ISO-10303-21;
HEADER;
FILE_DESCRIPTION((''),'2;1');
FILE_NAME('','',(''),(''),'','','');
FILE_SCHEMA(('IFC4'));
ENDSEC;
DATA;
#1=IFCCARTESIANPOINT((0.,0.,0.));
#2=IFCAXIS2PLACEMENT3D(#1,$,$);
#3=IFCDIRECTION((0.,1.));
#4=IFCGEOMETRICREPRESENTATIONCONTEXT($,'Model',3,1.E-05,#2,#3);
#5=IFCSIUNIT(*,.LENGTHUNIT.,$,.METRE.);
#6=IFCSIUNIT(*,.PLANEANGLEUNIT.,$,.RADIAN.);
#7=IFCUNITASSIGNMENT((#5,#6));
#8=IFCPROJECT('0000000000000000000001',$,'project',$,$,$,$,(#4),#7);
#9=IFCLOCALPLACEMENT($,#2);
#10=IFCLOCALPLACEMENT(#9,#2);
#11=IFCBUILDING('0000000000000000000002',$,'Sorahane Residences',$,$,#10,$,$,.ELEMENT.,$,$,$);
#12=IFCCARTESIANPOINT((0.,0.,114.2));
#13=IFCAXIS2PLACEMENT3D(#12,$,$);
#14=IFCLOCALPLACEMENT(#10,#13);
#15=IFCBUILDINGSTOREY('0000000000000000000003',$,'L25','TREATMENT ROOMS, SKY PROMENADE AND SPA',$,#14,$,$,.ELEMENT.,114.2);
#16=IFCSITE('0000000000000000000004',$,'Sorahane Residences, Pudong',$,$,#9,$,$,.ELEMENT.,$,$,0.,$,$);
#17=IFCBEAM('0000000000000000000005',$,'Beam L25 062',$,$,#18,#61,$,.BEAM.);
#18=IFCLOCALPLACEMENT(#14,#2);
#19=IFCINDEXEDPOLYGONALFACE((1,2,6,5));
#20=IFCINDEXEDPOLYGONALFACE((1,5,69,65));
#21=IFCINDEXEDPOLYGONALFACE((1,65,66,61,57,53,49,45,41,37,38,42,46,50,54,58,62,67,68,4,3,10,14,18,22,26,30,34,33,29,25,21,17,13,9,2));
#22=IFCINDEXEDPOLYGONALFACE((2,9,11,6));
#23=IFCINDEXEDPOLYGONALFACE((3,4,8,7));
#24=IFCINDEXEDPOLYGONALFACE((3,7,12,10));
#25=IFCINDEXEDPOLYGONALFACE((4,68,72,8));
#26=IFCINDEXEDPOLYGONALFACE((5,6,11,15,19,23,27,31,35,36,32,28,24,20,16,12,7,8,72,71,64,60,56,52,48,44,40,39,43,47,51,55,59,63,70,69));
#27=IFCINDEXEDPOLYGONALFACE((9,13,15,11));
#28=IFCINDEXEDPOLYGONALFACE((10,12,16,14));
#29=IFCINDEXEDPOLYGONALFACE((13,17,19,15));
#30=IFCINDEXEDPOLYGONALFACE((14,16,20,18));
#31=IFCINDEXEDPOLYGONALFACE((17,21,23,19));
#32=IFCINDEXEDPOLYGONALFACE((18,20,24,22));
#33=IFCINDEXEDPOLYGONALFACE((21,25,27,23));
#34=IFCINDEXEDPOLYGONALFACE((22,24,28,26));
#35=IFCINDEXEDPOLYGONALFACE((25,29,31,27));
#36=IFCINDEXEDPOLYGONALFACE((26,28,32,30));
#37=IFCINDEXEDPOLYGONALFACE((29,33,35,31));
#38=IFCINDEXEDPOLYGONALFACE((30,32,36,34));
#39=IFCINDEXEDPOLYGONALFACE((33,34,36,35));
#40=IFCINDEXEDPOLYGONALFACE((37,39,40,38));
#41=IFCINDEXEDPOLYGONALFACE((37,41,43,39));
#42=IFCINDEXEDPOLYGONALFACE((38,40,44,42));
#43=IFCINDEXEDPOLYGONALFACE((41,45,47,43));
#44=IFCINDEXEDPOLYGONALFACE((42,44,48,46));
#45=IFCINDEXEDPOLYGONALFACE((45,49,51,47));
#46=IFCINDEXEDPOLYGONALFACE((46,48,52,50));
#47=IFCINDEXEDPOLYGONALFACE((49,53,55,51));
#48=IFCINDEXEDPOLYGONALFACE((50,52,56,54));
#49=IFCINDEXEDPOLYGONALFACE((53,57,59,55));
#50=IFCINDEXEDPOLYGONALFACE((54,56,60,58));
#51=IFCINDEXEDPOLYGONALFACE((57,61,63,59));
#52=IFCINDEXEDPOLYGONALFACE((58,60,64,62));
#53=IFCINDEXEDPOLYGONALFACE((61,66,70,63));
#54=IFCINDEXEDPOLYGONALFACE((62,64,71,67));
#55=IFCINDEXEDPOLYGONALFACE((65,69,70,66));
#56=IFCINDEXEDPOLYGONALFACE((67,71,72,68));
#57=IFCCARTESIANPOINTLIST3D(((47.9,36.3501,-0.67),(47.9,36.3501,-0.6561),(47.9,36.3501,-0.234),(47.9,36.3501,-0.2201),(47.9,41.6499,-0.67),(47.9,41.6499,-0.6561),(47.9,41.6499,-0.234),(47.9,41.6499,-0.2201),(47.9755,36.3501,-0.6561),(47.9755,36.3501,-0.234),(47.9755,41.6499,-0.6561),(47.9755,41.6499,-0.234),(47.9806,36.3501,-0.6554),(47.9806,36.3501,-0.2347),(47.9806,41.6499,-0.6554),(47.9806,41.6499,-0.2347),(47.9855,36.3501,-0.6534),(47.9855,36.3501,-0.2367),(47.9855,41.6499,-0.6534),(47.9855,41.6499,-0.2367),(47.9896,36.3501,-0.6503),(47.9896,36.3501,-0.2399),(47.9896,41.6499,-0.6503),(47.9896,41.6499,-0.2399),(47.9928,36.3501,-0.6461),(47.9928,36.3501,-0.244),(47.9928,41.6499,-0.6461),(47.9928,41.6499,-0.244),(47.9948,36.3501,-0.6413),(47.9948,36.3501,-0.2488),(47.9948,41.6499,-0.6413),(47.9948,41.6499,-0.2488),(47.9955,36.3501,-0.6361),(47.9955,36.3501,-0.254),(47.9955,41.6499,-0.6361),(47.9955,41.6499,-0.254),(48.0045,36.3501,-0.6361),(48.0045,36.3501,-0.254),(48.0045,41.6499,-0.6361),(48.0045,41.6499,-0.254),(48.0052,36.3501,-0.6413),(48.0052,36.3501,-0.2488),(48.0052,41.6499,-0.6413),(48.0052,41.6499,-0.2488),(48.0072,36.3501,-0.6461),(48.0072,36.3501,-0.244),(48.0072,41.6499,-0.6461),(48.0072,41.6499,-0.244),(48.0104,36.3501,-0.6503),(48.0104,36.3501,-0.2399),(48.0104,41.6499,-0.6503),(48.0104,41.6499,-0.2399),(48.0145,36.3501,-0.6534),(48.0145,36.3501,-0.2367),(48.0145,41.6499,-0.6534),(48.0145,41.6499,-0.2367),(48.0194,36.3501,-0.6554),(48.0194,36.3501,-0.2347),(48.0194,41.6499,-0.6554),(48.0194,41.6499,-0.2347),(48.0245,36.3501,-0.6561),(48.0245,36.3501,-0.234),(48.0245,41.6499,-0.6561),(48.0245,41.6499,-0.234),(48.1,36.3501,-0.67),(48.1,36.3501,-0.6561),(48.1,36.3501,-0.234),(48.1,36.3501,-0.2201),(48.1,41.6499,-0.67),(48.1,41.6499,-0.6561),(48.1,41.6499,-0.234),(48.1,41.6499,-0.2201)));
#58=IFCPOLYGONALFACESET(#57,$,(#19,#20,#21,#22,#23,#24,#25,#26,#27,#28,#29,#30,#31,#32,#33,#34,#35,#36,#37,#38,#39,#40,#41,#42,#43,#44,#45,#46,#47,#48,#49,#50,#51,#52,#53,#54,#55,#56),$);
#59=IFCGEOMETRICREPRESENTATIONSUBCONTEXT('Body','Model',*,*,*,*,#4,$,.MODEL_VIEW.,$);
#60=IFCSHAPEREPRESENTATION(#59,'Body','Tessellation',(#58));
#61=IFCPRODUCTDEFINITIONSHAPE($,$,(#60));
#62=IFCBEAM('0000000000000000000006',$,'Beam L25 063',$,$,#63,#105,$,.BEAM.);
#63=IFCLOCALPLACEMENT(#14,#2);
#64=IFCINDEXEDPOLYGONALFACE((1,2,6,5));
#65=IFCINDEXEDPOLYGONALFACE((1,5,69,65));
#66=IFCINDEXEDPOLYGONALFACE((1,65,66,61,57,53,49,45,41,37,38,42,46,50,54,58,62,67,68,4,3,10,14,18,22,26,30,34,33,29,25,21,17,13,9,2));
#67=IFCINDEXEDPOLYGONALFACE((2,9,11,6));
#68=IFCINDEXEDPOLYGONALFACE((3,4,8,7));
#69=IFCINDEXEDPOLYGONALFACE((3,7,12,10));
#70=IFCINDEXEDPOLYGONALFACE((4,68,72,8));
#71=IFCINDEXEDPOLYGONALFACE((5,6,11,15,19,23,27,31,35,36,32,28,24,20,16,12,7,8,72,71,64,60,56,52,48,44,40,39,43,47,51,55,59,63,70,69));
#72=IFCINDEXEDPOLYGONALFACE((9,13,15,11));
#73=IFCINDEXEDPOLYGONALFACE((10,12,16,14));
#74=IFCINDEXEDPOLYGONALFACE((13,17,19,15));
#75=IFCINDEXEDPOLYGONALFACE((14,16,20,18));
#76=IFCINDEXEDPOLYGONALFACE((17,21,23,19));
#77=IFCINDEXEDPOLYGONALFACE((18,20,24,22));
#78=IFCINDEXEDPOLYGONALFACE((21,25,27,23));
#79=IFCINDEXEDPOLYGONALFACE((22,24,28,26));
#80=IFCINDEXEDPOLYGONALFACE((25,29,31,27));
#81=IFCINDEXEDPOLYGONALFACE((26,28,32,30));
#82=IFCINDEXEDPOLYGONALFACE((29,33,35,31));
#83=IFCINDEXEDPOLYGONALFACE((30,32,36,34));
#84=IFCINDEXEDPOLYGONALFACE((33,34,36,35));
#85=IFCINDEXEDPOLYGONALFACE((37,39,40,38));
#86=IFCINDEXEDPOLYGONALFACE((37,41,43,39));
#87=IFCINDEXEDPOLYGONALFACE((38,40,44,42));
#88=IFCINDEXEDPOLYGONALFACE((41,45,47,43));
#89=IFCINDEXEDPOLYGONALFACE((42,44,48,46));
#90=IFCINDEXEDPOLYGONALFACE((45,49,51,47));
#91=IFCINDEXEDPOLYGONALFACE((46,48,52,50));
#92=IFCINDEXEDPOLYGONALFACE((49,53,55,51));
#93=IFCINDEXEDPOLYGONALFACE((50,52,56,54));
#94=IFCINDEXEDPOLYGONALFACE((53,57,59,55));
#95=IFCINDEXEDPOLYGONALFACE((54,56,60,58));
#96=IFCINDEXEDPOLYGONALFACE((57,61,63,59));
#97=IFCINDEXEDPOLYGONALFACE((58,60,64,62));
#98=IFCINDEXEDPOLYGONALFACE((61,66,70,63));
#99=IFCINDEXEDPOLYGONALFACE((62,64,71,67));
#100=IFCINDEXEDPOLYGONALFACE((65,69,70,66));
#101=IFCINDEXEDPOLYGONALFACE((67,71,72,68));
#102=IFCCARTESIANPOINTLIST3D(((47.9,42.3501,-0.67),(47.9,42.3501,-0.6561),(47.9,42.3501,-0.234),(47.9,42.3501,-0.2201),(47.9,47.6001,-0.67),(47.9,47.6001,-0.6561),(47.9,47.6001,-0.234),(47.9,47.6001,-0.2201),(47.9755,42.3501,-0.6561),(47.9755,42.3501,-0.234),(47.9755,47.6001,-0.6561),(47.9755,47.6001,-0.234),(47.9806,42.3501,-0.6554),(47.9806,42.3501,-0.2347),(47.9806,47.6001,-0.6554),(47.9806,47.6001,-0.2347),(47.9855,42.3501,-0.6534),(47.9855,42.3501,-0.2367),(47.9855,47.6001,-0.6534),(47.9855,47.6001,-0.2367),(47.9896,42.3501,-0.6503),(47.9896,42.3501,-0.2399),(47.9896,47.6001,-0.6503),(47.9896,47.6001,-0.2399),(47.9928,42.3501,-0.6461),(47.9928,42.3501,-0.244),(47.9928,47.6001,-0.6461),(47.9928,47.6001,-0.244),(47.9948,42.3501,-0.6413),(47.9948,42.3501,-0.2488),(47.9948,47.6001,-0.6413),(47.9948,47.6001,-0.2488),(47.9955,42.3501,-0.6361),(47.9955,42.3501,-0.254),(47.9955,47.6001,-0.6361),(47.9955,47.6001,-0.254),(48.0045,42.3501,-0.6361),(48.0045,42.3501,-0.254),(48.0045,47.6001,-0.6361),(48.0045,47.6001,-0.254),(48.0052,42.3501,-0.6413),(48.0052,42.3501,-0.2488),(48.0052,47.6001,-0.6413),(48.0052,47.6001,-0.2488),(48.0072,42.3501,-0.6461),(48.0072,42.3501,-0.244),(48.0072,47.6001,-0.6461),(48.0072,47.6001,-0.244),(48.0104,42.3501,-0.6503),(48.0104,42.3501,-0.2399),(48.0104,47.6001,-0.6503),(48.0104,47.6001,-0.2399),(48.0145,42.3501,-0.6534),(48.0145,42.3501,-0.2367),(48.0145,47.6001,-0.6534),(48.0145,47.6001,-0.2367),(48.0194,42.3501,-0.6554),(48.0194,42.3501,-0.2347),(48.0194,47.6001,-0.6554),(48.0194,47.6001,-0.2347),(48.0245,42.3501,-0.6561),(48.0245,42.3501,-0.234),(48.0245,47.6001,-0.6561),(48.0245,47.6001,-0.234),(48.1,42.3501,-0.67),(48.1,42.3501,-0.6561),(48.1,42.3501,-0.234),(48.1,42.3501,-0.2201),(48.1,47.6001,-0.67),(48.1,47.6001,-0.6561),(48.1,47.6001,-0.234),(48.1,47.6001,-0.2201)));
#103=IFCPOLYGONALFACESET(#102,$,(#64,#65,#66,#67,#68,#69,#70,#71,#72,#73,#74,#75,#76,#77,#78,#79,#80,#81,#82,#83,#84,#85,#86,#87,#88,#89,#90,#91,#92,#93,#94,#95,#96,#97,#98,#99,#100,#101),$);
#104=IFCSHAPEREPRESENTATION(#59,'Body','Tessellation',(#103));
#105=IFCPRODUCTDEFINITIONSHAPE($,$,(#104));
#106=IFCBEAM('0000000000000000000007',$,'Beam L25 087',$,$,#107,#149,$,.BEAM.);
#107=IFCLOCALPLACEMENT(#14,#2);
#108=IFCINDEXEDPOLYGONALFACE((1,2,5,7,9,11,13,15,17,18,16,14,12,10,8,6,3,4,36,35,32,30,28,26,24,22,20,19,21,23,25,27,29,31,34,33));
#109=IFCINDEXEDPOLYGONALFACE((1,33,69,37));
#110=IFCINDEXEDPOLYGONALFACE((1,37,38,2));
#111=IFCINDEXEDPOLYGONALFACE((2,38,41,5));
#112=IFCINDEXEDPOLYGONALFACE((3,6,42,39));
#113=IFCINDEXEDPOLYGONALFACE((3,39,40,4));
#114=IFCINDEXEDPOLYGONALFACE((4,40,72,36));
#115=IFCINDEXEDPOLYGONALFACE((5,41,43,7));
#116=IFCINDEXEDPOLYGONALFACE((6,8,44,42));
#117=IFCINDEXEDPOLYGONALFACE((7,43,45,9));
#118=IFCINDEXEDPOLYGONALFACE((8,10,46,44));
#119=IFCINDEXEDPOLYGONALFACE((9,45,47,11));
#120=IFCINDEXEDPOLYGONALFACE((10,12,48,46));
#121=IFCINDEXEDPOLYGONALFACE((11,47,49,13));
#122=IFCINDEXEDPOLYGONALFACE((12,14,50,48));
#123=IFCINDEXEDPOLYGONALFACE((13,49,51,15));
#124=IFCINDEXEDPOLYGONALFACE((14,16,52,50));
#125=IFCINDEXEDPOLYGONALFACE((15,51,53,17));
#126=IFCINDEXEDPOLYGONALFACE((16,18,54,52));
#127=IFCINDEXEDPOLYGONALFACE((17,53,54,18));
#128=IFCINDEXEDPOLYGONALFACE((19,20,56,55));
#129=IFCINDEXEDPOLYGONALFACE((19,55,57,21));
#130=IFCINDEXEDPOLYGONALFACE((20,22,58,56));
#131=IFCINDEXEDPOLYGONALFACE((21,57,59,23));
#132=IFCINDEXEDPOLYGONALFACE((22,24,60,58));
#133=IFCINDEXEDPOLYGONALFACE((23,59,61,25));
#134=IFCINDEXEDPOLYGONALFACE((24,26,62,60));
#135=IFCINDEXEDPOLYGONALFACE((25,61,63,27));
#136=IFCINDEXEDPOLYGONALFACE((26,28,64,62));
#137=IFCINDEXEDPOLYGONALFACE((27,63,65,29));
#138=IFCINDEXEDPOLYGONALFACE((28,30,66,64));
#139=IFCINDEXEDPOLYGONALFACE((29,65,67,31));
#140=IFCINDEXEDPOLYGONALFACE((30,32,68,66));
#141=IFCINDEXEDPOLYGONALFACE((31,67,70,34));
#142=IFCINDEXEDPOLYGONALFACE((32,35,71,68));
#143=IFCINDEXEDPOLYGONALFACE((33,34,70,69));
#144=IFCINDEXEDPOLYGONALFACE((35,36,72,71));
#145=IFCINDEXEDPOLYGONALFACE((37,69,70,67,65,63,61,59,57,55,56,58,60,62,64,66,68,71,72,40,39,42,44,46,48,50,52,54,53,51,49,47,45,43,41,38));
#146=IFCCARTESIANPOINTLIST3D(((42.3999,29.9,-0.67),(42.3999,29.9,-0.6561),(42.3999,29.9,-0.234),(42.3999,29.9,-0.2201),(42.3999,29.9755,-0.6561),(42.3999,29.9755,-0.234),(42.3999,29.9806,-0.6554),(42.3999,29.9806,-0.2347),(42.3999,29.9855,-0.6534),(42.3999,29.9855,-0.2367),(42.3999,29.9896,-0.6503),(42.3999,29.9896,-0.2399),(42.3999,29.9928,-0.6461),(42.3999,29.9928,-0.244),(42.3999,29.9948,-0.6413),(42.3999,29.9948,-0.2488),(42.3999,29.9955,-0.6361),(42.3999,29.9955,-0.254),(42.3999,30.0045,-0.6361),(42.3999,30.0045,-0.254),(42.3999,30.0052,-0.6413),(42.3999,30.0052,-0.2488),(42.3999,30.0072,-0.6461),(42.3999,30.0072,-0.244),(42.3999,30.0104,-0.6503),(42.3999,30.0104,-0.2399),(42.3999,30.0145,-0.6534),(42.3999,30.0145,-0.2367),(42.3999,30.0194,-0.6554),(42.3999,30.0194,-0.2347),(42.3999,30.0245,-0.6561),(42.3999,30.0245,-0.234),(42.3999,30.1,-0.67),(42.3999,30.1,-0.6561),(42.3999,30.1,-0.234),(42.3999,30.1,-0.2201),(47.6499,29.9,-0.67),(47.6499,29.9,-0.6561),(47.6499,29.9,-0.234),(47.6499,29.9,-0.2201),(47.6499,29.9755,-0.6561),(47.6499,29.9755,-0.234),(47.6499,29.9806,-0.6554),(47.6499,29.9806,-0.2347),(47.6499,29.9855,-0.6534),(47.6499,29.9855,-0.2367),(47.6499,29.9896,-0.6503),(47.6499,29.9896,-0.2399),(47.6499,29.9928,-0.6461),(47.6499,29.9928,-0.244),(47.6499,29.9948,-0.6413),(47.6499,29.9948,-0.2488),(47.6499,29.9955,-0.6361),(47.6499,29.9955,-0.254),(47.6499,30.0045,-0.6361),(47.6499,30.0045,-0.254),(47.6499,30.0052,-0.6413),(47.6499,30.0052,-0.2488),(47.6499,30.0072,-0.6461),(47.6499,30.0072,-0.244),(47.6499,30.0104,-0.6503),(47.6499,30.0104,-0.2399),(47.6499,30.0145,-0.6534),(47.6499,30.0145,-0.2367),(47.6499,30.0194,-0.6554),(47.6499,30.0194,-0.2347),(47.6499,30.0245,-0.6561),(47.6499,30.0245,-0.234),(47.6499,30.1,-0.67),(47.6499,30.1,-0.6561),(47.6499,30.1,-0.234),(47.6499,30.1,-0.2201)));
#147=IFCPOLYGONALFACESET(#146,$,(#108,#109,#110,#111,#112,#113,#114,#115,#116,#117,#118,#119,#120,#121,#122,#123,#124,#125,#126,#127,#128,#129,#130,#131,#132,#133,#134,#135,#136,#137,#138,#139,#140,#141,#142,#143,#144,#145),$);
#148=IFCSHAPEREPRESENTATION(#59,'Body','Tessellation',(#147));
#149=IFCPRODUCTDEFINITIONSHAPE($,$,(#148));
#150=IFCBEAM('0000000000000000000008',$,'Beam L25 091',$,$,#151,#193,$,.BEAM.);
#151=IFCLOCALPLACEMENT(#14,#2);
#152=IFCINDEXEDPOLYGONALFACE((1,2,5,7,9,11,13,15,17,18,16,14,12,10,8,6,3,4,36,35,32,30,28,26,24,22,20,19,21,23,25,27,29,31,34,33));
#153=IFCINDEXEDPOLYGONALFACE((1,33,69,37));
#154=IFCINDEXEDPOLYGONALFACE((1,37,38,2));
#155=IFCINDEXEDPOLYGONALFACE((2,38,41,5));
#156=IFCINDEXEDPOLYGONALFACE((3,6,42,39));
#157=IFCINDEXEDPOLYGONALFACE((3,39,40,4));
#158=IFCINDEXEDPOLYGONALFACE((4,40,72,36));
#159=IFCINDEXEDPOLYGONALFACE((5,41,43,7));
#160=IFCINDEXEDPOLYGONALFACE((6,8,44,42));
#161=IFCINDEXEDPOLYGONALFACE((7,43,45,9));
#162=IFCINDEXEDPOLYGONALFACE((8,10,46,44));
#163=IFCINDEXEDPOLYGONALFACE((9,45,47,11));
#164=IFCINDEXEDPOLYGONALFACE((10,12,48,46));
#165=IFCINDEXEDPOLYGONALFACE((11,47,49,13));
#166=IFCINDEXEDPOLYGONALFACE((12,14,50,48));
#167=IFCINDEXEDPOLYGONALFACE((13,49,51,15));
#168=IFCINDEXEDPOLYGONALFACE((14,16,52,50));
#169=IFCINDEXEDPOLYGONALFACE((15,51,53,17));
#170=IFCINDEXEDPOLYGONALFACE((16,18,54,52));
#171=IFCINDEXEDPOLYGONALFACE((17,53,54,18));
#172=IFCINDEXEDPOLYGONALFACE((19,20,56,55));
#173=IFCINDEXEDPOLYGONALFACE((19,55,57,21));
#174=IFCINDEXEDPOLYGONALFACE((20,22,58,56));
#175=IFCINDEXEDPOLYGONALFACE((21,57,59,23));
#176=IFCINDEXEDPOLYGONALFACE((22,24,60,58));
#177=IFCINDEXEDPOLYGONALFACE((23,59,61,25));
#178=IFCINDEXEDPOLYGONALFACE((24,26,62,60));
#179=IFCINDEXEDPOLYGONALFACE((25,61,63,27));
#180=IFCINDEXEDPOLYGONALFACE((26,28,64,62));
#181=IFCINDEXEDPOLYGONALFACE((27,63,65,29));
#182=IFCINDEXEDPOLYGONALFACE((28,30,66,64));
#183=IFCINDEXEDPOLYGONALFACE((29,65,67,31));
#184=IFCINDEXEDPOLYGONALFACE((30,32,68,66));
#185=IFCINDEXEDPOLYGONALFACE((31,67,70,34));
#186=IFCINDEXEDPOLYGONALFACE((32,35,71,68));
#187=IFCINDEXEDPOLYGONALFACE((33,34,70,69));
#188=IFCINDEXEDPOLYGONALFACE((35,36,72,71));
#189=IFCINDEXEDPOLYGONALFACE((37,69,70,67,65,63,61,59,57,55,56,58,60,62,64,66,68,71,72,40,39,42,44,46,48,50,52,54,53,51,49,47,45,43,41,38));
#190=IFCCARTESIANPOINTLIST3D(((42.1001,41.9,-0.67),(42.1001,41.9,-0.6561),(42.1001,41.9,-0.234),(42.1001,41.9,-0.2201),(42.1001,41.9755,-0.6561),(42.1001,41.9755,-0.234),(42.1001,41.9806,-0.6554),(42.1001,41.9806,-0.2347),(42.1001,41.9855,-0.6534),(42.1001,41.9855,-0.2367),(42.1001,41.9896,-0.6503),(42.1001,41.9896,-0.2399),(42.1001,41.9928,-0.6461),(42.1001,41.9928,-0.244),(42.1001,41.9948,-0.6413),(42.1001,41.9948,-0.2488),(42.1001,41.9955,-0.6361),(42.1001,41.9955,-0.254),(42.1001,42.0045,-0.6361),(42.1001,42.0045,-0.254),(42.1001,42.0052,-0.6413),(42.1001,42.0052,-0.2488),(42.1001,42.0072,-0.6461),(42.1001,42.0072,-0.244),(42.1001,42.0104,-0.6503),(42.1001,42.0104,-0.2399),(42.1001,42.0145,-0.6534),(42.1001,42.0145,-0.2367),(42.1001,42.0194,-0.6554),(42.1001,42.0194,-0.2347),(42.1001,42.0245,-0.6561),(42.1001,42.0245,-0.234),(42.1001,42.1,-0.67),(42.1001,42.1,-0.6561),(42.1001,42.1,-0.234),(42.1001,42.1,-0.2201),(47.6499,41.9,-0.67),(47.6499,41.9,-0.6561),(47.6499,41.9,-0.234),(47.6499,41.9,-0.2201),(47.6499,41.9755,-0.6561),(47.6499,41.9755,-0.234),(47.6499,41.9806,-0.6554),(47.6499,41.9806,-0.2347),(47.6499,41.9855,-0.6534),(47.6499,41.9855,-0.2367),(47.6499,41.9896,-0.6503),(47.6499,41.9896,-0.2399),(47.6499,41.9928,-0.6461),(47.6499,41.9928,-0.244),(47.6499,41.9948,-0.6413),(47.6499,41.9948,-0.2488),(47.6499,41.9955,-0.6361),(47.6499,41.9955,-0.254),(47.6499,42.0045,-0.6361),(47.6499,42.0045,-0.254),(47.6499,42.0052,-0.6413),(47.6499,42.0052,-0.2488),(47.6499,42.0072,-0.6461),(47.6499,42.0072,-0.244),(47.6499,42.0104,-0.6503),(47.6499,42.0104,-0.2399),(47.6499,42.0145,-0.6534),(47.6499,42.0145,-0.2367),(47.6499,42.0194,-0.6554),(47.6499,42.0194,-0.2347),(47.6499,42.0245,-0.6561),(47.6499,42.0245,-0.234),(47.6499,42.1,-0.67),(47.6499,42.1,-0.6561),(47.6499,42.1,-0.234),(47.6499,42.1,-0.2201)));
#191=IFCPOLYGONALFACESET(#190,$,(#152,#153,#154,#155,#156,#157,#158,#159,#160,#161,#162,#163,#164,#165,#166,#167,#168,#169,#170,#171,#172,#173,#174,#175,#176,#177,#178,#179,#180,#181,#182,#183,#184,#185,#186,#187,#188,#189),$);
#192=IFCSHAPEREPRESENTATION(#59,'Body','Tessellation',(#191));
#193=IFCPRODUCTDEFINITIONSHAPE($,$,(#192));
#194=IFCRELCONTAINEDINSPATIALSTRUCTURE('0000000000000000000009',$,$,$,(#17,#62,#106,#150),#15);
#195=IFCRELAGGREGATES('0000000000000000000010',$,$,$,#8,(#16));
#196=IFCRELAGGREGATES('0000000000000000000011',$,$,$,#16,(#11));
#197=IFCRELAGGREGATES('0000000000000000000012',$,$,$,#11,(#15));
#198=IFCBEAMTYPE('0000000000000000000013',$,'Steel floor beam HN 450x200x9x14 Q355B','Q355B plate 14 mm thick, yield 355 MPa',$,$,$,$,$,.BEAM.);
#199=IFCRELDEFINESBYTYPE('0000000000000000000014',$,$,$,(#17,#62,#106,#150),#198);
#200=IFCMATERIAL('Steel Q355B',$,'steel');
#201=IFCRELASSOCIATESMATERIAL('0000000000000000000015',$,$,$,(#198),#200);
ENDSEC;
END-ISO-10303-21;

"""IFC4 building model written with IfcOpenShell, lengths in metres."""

from ifc_helpers import new_model, si_unit, direction, frame, origin, origin_2d, place, context, subcontext, project, spatial, i_section, extrude, material, material_profile, profile_set, type_object, element, save


model = new_model("IFC4")

# Units and contexts
model_context = context("Model", 3, precision=1e-05, world=origin(), true_north=direction((0.0, 1.0)))
body_context = subcontext(model_context, "Body", "Model", "MODEL_VIEW")
ifc_project = project(units=[si_unit("LENGTHUNIT", "METRE"), si_unit("PLANEANGLEUNIT", "RADIAN")], contexts=[model_context])

# Site, building, storey
site_placement = place(None, origin())
site = spatial("IfcSite", under=ifc_project, at=site_placement, Name="Sorahane Residences, Pudong", CompositionType="ELEMENT", RefElevation=0.0)
building_placement = place(site_placement, origin())
building = spatial("IfcBuilding", under=site, at=building_placement, Name="Sorahane Residences", CompositionType="ELEMENT")
storey_placement = place(building_placement, frame((0.0, 0.0, 114.2)))
storey = spatial("IfcBuildingStorey", under=building, at=storey_placement, Name="L25", Description="TREATMENT ROOMS, SKY PROMENADE AND SPA", CompositionType="ELEMENT", Elevation=114.2)

# Beams
ifc_material_1 = material(Name="Steel Q355B", Category="steel")
ifc_material_profile_1 = material_profile(ifc_material_1, i_section(OverallWidth=0.2, OverallDepth=0.45, WebThickness=0.009, FlangeThickness=0.0139, FilletRadius=0.02, at=origin_2d()), Name="HN 450x200x9x14")
ifc_profile_set_1 = profile_set([ifc_material_profile_1], Name="Steel Q355B")
beam_type_1 = type_object("IfcBeamType", Name="Steel floor beam HN 450x200x9x14 Q355B", Description="Q355B plate 14 mm thick, yield 355 MPa", PredefinedType="BEAM", material=ifc_profile_set_1)
for number, where, z_axis, x_axis, name in (
    (1, (48.0, 36.3501, -0.4451), (0.0, 1.0, 0.0), (-1.0, 0.0, 0.0), "Beam L25 062"),
):
    element("IfcBeam", number, at=place(storey_placement, frame(where, z_axis=z_axis, x_axis=x_axis)), inside=storey, type_object=beam_type_1, Name=name, PredefinedType="BEAM", context=body_context, shape_type="SweptSolid", body=[
        extrude(i_section(OverallWidth=0.2, OverallDepth=0.45, WebThickness=0.009, FlangeThickness=0.0139, FilletRadius=0.02, at=origin_2d()), origin(), (0.0, 0.0, 1.0), 5.2998),
    ])
for number, where, z_axis, x_axis, name in (
    (2, (48.0, 42.3501, -0.4451), (0.0, 1.0, 0.0), (-1.0, 0.0, 0.0), "Beam L25 063"),
    (3, (42.3999, 30.0, -0.4451), (1.0, 0.0, 0.0), (0.0, 1.0, 0.0), "Beam L25 087"),
):
    element("IfcBeam", number, at=place(storey_placement, frame(where, z_axis=z_axis, x_axis=x_axis)), inside=storey, type_object=beam_type_1, Name=name, PredefinedType="BEAM", context=body_context, shape_type="SweptSolid", body=[
        extrude(i_section(OverallWidth=0.2, OverallDepth=0.45, WebThickness=0.009, FlangeThickness=0.0139, FilletRadius=0.02, at=origin_2d()), origin(), (0.0, 0.0, 1.0), 5.25),
    ])
beam_1_placement = place(storey_placement, frame((42.1001, 42.0, -0.4451), z_axis=(1.0, 0.0, 0.0), x_axis=(0.0, 1.0, 0.0)))
element("IfcBeam", 4, at=beam_1_placement, inside=storey, type_object=beam_type_1, Name="Beam L25 091", PredefinedType="BEAM", context=body_context, shape_type="SweptSolid", body=[
    extrude(i_section(OverallWidth=0.2, OverallDepth=0.45, WebThickness=0.009, FlangeThickness=0.0139, FilletRadius=0.02, at=origin_2d()), origin(), (0.0, 0.0, 1.0), 5.5498),
])

save(model, "model.ifc")
